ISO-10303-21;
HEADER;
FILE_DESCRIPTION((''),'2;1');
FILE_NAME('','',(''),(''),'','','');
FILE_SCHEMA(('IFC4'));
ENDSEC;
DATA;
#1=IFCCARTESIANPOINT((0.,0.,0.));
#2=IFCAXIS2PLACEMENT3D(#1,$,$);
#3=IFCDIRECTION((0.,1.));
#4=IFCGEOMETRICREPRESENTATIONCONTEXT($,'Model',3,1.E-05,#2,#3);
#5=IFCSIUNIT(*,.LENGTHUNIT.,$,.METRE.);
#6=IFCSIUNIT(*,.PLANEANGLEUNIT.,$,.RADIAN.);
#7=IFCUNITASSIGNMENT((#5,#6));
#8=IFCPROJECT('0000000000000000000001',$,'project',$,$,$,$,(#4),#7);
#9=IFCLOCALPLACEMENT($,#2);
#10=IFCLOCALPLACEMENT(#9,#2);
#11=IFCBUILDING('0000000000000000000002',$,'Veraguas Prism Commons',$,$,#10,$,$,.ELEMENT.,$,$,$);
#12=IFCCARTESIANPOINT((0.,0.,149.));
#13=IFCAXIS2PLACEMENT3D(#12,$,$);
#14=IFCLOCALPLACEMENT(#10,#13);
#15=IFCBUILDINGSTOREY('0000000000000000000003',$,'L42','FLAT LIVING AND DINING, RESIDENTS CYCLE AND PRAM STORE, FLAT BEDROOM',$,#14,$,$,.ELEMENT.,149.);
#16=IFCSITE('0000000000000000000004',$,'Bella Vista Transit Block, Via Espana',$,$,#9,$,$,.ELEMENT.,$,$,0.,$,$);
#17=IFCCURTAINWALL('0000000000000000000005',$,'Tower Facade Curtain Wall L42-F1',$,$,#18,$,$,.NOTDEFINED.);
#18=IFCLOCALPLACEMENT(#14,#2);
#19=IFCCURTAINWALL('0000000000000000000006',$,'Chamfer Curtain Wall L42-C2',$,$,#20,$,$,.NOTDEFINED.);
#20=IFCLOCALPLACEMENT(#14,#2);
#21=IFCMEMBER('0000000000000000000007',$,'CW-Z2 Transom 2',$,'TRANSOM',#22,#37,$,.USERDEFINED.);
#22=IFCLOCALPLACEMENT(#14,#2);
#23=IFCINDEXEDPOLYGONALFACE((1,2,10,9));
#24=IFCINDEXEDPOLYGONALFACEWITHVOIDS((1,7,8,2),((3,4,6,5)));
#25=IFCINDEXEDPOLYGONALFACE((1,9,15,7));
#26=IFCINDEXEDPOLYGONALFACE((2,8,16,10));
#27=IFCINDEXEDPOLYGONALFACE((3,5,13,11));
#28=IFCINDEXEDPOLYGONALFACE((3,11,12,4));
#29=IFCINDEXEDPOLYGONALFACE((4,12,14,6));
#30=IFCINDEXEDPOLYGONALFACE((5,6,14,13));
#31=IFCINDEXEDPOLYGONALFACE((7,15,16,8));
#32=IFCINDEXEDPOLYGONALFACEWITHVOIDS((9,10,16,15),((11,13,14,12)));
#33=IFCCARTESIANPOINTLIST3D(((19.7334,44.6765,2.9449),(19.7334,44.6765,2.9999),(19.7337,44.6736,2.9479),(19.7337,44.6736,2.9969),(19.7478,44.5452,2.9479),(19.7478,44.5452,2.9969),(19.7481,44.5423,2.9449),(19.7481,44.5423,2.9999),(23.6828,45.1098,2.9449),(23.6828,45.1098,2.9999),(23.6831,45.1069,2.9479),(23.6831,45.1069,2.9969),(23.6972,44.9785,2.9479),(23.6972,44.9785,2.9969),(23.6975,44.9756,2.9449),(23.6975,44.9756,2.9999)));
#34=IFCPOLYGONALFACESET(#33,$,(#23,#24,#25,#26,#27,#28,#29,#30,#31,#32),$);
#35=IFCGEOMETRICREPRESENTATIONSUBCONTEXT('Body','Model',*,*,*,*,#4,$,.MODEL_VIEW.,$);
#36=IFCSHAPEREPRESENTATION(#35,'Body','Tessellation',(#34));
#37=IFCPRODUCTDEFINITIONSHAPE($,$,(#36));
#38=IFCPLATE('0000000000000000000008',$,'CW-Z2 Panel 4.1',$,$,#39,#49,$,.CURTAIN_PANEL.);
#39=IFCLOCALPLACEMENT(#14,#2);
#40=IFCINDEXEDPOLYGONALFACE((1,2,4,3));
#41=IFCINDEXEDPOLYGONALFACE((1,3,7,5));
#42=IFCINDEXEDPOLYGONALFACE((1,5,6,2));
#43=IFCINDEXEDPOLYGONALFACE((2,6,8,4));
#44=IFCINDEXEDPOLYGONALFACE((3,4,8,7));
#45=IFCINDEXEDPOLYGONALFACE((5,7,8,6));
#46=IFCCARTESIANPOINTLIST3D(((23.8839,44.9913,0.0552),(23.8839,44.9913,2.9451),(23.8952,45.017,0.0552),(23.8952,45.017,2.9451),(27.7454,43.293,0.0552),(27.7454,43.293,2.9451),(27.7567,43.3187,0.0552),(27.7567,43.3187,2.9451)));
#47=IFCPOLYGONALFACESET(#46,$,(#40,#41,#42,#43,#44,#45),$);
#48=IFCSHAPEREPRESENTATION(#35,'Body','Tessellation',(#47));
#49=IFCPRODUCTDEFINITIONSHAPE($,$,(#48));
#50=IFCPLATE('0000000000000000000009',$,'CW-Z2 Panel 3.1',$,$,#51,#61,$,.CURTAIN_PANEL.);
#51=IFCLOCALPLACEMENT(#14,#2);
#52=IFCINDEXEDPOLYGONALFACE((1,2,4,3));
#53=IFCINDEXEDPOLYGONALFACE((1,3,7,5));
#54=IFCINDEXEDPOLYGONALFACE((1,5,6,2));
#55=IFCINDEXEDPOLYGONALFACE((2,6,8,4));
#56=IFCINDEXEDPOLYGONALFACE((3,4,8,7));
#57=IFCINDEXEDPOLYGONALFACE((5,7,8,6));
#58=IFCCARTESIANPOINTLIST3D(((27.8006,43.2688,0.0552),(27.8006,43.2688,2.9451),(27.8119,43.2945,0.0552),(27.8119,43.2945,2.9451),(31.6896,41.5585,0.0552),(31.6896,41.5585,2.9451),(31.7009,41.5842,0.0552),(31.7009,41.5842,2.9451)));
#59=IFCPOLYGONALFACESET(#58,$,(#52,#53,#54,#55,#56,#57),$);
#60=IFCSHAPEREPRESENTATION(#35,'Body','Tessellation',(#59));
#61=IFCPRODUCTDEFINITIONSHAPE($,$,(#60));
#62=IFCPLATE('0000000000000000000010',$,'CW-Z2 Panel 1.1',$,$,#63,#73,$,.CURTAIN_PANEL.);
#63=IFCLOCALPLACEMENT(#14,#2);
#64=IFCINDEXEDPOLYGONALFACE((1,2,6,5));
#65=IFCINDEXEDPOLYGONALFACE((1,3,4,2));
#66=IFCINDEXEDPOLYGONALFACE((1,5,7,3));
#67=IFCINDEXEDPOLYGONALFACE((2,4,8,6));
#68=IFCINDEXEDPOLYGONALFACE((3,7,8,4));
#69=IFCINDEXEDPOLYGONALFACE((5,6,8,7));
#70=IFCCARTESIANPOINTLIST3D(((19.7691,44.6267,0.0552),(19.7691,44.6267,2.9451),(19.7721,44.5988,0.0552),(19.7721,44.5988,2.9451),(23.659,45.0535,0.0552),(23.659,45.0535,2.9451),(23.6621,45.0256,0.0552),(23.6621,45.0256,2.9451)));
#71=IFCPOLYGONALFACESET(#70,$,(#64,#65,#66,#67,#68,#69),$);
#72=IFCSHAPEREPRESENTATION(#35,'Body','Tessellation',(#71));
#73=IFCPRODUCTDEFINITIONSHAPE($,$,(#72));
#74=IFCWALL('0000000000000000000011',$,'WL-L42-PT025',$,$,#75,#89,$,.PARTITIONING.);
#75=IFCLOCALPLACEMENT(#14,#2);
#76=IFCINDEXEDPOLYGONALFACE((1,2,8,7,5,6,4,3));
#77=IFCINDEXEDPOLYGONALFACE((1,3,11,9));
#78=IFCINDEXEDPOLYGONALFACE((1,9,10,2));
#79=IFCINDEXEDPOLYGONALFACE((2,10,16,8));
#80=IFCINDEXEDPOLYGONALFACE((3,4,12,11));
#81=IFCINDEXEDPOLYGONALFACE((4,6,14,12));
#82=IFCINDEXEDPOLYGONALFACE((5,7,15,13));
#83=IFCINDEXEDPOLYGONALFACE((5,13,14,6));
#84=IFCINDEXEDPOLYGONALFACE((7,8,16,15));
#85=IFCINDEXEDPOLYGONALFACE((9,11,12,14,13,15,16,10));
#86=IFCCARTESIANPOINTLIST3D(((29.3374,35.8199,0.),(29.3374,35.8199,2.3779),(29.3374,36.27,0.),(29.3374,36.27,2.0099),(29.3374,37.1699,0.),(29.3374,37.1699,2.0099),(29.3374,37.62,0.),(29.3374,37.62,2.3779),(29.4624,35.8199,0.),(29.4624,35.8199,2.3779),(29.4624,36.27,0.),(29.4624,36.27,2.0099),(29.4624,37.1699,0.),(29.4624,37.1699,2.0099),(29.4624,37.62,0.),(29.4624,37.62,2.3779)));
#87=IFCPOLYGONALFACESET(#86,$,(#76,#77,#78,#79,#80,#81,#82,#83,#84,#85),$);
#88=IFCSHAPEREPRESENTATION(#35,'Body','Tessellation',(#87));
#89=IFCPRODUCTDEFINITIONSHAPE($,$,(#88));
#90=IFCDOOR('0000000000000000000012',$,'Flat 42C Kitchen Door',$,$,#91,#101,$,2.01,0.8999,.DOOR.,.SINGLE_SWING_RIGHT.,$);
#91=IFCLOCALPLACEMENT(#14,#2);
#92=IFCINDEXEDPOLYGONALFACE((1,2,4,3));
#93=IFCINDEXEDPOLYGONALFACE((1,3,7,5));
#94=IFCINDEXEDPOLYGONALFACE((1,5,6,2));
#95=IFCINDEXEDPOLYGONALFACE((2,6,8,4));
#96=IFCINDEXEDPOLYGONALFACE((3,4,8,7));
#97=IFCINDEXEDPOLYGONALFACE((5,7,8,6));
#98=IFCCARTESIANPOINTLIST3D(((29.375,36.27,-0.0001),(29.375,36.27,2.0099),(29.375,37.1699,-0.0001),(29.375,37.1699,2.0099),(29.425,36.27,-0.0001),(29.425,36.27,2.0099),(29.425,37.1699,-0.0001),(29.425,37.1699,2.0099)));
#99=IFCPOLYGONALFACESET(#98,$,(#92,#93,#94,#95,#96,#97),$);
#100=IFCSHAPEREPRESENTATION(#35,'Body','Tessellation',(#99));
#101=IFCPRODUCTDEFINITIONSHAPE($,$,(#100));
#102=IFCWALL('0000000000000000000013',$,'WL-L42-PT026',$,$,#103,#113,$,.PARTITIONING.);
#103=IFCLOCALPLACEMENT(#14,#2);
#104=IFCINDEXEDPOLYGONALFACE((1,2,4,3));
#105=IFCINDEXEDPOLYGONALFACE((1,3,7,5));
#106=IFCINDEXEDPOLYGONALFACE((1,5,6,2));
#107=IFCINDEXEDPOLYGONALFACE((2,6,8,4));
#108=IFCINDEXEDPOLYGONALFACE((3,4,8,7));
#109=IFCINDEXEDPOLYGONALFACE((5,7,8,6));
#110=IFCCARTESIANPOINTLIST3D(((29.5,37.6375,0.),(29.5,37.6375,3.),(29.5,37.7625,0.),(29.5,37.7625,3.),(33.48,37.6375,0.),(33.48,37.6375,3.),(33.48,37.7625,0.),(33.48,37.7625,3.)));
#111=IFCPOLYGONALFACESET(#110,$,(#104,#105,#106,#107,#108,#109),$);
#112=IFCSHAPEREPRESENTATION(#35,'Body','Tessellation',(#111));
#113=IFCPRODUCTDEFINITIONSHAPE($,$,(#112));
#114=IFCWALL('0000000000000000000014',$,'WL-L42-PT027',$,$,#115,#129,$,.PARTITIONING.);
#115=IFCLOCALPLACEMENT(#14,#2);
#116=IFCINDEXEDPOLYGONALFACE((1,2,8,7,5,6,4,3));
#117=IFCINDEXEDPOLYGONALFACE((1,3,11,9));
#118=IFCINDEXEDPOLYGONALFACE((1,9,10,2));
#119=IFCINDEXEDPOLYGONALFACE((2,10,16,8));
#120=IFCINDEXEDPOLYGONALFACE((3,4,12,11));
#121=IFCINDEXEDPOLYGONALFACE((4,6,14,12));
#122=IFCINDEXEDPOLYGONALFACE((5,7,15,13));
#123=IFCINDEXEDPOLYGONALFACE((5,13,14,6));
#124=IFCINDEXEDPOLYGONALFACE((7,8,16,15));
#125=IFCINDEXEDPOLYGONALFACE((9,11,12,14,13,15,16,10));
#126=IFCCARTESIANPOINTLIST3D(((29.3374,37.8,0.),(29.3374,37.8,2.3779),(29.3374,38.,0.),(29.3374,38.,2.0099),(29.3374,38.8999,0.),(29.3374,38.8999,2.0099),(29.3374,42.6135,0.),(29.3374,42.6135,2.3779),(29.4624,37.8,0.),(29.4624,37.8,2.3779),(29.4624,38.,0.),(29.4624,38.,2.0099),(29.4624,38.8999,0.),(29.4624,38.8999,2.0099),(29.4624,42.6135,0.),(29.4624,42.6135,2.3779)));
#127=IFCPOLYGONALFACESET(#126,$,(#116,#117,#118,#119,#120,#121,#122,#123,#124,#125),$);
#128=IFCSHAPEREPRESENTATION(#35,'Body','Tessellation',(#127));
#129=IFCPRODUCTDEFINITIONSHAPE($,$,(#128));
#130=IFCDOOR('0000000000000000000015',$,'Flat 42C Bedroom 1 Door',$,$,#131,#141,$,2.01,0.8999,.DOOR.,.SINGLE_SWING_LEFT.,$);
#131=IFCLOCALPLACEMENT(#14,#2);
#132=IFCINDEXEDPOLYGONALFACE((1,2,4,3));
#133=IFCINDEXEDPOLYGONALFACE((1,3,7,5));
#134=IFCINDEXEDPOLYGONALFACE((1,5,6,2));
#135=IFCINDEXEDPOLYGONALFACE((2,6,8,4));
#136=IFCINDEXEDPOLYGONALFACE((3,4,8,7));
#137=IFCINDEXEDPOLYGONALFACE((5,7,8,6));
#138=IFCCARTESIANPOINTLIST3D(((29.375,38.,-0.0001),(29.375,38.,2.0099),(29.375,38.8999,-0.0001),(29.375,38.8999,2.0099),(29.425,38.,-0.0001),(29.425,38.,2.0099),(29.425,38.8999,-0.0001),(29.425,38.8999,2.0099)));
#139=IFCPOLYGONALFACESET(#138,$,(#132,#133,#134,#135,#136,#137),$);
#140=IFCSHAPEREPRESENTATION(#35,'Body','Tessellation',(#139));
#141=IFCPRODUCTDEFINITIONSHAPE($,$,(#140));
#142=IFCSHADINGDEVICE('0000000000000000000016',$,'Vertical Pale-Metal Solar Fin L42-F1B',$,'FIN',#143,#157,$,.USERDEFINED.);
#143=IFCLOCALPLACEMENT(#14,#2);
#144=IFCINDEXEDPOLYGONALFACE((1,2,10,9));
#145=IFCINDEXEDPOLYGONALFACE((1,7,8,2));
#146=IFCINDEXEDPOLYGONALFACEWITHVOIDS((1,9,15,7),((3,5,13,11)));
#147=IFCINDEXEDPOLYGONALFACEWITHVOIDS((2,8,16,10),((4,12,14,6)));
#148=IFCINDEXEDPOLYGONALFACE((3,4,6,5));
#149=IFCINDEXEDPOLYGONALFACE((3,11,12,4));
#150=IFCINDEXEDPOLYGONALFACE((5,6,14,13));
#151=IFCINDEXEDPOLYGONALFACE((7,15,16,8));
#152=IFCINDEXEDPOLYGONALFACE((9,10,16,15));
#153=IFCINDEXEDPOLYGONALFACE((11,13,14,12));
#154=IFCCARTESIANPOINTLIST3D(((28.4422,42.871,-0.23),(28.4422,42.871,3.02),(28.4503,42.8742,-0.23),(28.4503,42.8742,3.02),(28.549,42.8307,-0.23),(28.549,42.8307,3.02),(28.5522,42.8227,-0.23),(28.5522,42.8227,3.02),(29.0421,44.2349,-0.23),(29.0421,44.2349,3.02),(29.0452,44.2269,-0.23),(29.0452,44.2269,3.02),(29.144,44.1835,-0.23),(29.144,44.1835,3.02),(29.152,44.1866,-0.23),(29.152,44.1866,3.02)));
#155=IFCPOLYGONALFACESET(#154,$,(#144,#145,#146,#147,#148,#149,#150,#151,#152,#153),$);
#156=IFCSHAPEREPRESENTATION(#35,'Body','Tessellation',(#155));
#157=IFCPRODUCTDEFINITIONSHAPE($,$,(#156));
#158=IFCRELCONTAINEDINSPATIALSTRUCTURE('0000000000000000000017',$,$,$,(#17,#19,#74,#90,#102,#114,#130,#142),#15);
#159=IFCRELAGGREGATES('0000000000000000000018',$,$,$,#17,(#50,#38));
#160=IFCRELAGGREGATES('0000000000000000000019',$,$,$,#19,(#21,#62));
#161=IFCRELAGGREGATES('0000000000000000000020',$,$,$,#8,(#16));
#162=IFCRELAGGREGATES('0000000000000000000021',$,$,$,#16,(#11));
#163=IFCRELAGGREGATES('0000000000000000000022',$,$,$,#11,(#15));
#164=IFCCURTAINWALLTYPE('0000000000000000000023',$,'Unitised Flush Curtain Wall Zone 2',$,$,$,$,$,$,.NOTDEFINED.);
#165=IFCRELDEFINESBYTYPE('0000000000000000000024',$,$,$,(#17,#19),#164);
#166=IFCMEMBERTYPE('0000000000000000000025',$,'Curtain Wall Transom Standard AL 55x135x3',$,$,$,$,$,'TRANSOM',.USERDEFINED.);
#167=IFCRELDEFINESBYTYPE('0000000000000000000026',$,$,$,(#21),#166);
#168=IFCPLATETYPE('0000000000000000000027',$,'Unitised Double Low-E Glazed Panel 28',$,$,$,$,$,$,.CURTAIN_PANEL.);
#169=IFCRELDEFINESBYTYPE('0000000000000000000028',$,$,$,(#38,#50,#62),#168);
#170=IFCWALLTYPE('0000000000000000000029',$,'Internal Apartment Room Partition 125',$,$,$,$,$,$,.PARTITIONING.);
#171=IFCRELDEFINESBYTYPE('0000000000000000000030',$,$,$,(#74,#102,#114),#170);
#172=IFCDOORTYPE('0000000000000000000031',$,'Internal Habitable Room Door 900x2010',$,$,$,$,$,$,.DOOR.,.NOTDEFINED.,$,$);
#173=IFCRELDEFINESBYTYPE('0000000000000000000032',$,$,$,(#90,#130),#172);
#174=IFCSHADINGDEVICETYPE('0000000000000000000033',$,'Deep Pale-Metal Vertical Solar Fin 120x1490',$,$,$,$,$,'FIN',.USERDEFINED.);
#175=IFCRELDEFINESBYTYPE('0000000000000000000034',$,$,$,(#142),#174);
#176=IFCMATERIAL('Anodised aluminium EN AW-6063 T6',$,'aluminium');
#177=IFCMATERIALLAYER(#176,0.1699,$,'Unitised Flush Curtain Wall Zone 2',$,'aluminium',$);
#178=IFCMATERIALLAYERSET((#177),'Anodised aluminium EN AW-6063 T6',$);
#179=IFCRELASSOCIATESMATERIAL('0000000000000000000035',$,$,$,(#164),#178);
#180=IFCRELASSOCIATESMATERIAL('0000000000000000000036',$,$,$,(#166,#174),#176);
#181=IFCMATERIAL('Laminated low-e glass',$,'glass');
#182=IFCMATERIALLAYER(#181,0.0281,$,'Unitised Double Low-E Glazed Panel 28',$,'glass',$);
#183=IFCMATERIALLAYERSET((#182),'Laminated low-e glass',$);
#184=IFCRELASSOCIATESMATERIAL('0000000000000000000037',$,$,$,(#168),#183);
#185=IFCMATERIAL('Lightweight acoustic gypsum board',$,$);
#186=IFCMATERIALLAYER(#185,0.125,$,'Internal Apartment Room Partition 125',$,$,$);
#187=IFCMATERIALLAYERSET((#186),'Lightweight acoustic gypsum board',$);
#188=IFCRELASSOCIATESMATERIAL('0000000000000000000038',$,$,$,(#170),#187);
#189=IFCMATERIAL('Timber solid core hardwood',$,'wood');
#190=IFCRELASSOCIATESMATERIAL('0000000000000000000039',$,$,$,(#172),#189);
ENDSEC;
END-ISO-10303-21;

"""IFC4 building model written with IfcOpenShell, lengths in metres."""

from ifc_helpers import new_model, si_unit, direction, frame, frame_2d, origin, origin_2d, place, context, subcontext, project, spatial, rectangle, hollow_rectangle, extrude, source, transform, mapped, material, layer, layer_set, material_profile, profile_set, type_object, element, fill, aggregate, save


model = new_model("IFC4")

# Units and contexts
model_context = context("Model", 3, precision=1e-05, world=origin(), true_north=direction((0.0, 1.0)))
body_context = subcontext(model_context, "Body", "Model", "MODEL_VIEW")
ifc_project = project(units=[si_unit("LENGTHUNIT", "METRE"), si_unit("PLANEANGLEUNIT", "RADIAN")], contexts=[model_context])

# Site, building, storey
site_placement = place(None, origin())
site = spatial("IfcSite", under=ifc_project, at=site_placement, Name="Bella Vista Transit Block, Via Espana", CompositionType="ELEMENT", RefElevation=0.0)
building_placement = place(site_placement, origin())
building = spatial("IfcBuilding", under=site, at=building_placement, Name="Veraguas Prism Commons", CompositionType="ELEMENT")
storey_placement = place(building_placement, frame((0.0, 0.0, 149.0)))
storey = spatial("IfcBuildingStorey", under=building, at=storey_placement, Name="L42", Description="FLAT LIVING AND DINING, RESIDENTS CYCLE AND PRAM STORE, FLAT BEDROOM", CompositionType="ELEMENT", Elevation=149.0)

# Curtain walls, member
ifc_material_1 = material(Name="Anodised aluminium EN AW-6063 T6", Category="aluminium")
ifc_layer_1 = layer(ifc_material_1, 0.1699, Name="Unitised Flush Curtain Wall Zone 2", Category="aluminium")
ifc_layer_set_1 = layer_set([ifc_layer_1], Name="Anodised aluminium EN AW-6063 T6")
curtain_wall_type = type_object("IfcCurtainWallType", Name="Unitised Flush Curtain Wall Zone 2", PredefinedType="NOTDEFINED", material=ifc_layer_set_1)
curtain_wall_1_placement = place(storey_placement, origin())
curtain_wall_1 = element("IfcCurtainWall", 1, at=curtain_wall_1_placement, inside=storey, type_object=curtain_wall_type, Name="Tower Facade Curtain Wall L42-F1", PredefinedType="NOTDEFINED")
curtain_wall_2_placement = place(storey_placement, origin())
curtain_wall_2 = element("IfcCurtainWall", 2, at=curtain_wall_2_placement, inside=storey, type_object=curtain_wall_type, Name="Chamfer Curtain Wall L42-C2", PredefinedType="NOTDEFINED")
ifc_material_profile_1 = material_profile(ifc_material_1, hollow_rectangle(XDim=0.0549, YDim=0.135, WallThickness=0.0029, at=origin_2d()), Name="AL55X135X3")
ifc_profile_set_1 = profile_set([ifc_material_profile_1], Name="Anodised aluminium EN AW-6063 T6")
member_type_1 = type_object("IfcMemberType", Name="Curtain Wall Transom Standard AL 55x135x3", ElementType="TRANSOM", PredefinedType="USERDEFINED", material=ifc_profile_set_1)
shared_shape_1 = source(origin(), body_context, "Body", "SweptSolid", [
    extrude(hollow_rectangle(XDim=0.0549, YDim=0.135, WallThickness=0.0029, at=origin_2d()), origin(), (0.0, 0.0, 1.0), 3.9731),
])
member_1_placement = place(storey_placement, frame((23.6902, 45.0427, 2.9724), z_axis=(-0.994034, -0.109069, 0.0), x_axis=(0.0, 0.0, 1.0)))
member_1 = element("IfcMember", 3, at=member_1_placement, type_object=member_type_1, Name="CW-Z2 Transom 2", ObjectType="TRANSOM", PredefinedType="USERDEFINED", context=body_context, shape_type="MappedRepresentation", body=[
    mapped(shared_shape_1, transform((0.0, 0.0, 0.0), scale=1.0)),
])

# Plates
ifc_material_2 = material(Name="Laminated low-e glass", Category="glass")
ifc_layer_2 = layer(ifc_material_2, 0.0281, Name="Unitised Double Low-E Glazed Panel 28", Category="glass")
ifc_layer_set_2 = layer_set([ifc_layer_2], Name="Laminated low-e glass")
plate_type = type_object("IfcPlateType", Name="Unitised Double Low-E Glazed Panel 28", PredefinedType="CURTAIN_PANEL", material=ifc_layer_set_2)
shared_shape_2 = source(origin(), body_context, "Body", "SweptSolid", [
    extrude(rectangle(XDim=4.2185, YDim=0.0281, at=origin_2d()), origin(), (0.0, 0.0, 1.0), 2.8899),
])
plate_1_placement = place(storey_placement, frame((25.8203, 44.155, 0.0552), z_axis=(0.0, 0.0, 1.0), x_axis=(-0.915385, 0.402579, 0.0)))
plate_1 = element("IfcPlate", 4, at=plate_1_placement, type_object=plate_type, Name="CW-Z2 Panel 4.1", PredefinedType="CURTAIN_PANEL", context=body_context, shape_type="MappedRepresentation", body=[
    mapped(shared_shape_2, transform((0.0, 0.0, 0.0), scale=1.0)),
])
shared_shape_3 = source(origin(), body_context, "Body", "SweptSolid", [
    extrude(rectangle(XDim=4.2485, YDim=0.0281, at=origin_2d()), origin(), (0.0, 0.0, 1.0), 2.8899),
])
plate_2_placement = place(storey_placement, frame((29.7507, 42.4265, 0.0552), z_axis=(0.0, 0.0, 1.0), x_axis=(-0.915385, 0.402579, 0.0)))
plate_2 = element("IfcPlate", 5, at=plate_2_placement, type_object=plate_type, Name="CW-Z2 Panel 3.1", PredefinedType="CURTAIN_PANEL", context=body_context, shape_type="MappedRepresentation", body=[
    mapped(shared_shape_3, transform((0.0, 0.0, 0.0), scale=1.0)),
])
aggregate(curtain_wall_1, [plate_2, plate_1])
shared_shape_4 = source(origin(), body_context, "Body", "SweptSolid", [
    extrude(rectangle(XDim=3.9133, YDim=0.0281, at=origin_2d()), origin(), (0.0, 0.0, 1.0), 2.8899),
])
plate_3_placement = place(storey_placement, frame((21.7156, 44.8262, 0.0552), z_axis=(0.0, 0.0, 1.0), x_axis=(-0.994034, -0.109068, 0.0)))
plate_3 = element("IfcPlate", 6, at=plate_3_placement, type_object=plate_type, Name="CW-Z2 Panel 1.1", PredefinedType="CURTAIN_PANEL", context=body_context, shape_type="MappedRepresentation", body=[
    mapped(shared_shape_4, transform((0.0, 0.0, 0.0), scale=1.0)),
])
aggregate(curtain_wall_2, [member_1, plate_3])

# Wall, opening, door
ifc_material_3 = material(Name="Lightweight acoustic gypsum board")
ifc_layer_3 = layer(ifc_material_3, 0.125, Name="Internal Apartment Room Partition 125")
ifc_layer_set_3 = layer_set([ifc_layer_3], Name="Lightweight acoustic gypsum board")
wall_type = type_object("IfcWallType", Name="Internal Apartment Room Partition 125", PredefinedType="PARTITIONING", material=ifc_layer_set_3)
wall_1_placement = place(storey_placement, frame((29.3999, 35.8201, 0.0), z_axis=(0.0, 0.0, 1.0), x_axis=(0.0, 1.0, 0.0)))
wall_1 = element("IfcWall", 7, at=wall_1_placement, inside=storey, type_object=wall_type, Name="WL-L42-PT025", PredefinedType="PARTITIONING", context=body_context, shape_type="SweptSolid", body=[
    extrude(rectangle(XDim=1.8, YDim=0.125, at=frame_2d((0.8999, 0.0))), origin(), (0.0, 0.0, 1.0), 2.3779),
])
opening_1_placement = place(wall_1_placement, frame((0.45, 0.0, 0.0)))
opening_1 = element("IfcOpeningElement", 8, at=opening_1_placement, cuts=wall_1, PredefinedType="OPENING", context=body_context, shape_type="SweptSolid", body=[
    extrude(rectangle(XDim=0.8999, YDim=2.01, at=frame_2d((0.45, 1.0049))), frame((0.0, 0.0725, 0.0), z_axis=(0.0, -1.0, 0.0), x_axis=(1.0, 0.0, 0.0)), (0.0, 0.0, 1.0), 0.145),
])
ifc_material_4 = material(Name="Timber solid core hardwood", Category="wood")
door_type = type_object("IfcDoorType", Name="Internal Habitable Room Door 900x2010", OperationType="NOTDEFINED", PredefinedType="DOOR", material=ifc_material_4)
shared_shape_5 = source(origin(), body_context, "Body", "SweptSolid", [
    extrude(rectangle(XDim=0.8999, YDim=2.01, at=frame_2d((0.45, 1.0049))), frame((0.0, 0.0249, 0.0), z_axis=(0.0, -1.0, 0.0), x_axis=(1.0, 0.0, 0.0)), (0.0, 0.0, 1.0), 0.05),
])
door_1_placement = place(opening_1_placement, origin())
door_1 = element("IfcDoor", 9, at=door_1_placement, inside=storey, type_object=door_type, Name="Flat 42C Kitchen Door", OperationType="SINGLE_SWING_RIGHT", OverallHeight=2.01, OverallWidth=0.8999, PredefinedType="DOOR", context=body_context, shape_type="MappedRepresentation", body=[
    mapped(shared_shape_5, transform((0.0, 0.0, 0.0), scale=1.0)),
])
fill(opening_1, door_1)

# Wall
wall_2_placement = place(storey_placement, frame((29.5, 37.7, 0.0), z_axis=(0.0, 0.0, 1.0), x_axis=(1.0, 0.0, 0.0)))
element("IfcWall", 10, at=wall_2_placement, inside=storey, type_object=wall_type, Name="WL-L42-PT026", PredefinedType="PARTITIONING", context=body_context, shape_type="SweptSolid", body=[
    extrude(rectangle(XDim=3.98, YDim=0.125, at=frame_2d((1.99, 0.0))), origin(), (0.0, 0.0, 1.0), 3.0),
])

# Wall, opening, door
wall_3_placement = place(storey_placement, frame((29.3999, 37.8, 0.0), z_axis=(0.0, 0.0, 1.0), x_axis=(0.0, 1.0, 0.0)))
wall_3 = element("IfcWall", 11, at=wall_3_placement, inside=storey, type_object=wall_type, Name="WL-L42-PT027", PredefinedType="PARTITIONING", context=body_context, shape_type="SweptSolid", body=[
    extrude(rectangle(XDim=4.8135, YDim=0.125, at=frame_2d((2.4067, 0.0))), origin(), (0.0, 0.0, 1.0), 2.3779),
])
opening_2_placement = place(wall_3_placement, frame((0.2, 0.0, 0.0)))
opening_2 = element("IfcOpeningElement", 12, at=opening_2_placement, cuts=wall_3, PredefinedType="OPENING", context=body_context, shape_type="SweptSolid", body=[
    extrude(rectangle(XDim=0.8999, YDim=2.01, at=frame_2d((0.45, 1.0049))), frame((0.0, 0.0725, 0.0), z_axis=(0.0, -1.0, 0.0), x_axis=(1.0, 0.0, 0.0)), (0.0, 0.0, 1.0), 0.145),
])
door_2_placement = place(opening_2_placement, origin())
door_2 = element("IfcDoor", 13, at=door_2_placement, inside=storey, type_object=door_type, Name="Flat 42C Bedroom 1 Door", OperationType="SINGLE_SWING_LEFT", OverallHeight=2.01, OverallWidth=0.8999, PredefinedType="DOOR", context=body_context, shape_type="MappedRepresentation", body=[
    mapped(shared_shape_5, transform((0.0, 0.0, 0.0), scale=1.0)),
])
fill(opening_2, door_2)

# Shading device
ifc_material_profile_2 = material_profile(ifc_material_1, hollow_rectangle(XDim=0.1201, YDim=1.49, WallThickness=0.0061, at=origin_2d()), Name="FIN120X1490X6")
ifc_profile_set_2 = profile_set([ifc_material_profile_2], Name="Anodised aluminium EN AW-6063 T6")
shading_device_type = type_object("IfcShadingDeviceType", Name="Deep Pale-Metal Vertical Solar Fin 120x1490", ElementType="FIN", PredefinedType="USERDEFINED", material=ifc_profile_set_2)
shading_device_placement = place(storey_placement, frame((28.7971, 43.5288, -0.23), z_axis=(0.0, 0.0, 1.0), x_axis=(-0.915383, 0.402584, 0.0)))
element("IfcShadingDevice", 14, at=shading_device_placement, inside=storey, type_object=shading_device_type, Name="Vertical Pale-Metal Solar Fin L42-F1B", ObjectType="FIN", PredefinedType="USERDEFINED", context=body_context, shape_type="SweptSolid", body=[
    extrude(hollow_rectangle(XDim=0.1201, YDim=1.49, WallThickness=0.0061, at=origin_2d()), origin(), (0.0, 0.0, 1.0), 3.25),
])

save(model, "model.ifc")
